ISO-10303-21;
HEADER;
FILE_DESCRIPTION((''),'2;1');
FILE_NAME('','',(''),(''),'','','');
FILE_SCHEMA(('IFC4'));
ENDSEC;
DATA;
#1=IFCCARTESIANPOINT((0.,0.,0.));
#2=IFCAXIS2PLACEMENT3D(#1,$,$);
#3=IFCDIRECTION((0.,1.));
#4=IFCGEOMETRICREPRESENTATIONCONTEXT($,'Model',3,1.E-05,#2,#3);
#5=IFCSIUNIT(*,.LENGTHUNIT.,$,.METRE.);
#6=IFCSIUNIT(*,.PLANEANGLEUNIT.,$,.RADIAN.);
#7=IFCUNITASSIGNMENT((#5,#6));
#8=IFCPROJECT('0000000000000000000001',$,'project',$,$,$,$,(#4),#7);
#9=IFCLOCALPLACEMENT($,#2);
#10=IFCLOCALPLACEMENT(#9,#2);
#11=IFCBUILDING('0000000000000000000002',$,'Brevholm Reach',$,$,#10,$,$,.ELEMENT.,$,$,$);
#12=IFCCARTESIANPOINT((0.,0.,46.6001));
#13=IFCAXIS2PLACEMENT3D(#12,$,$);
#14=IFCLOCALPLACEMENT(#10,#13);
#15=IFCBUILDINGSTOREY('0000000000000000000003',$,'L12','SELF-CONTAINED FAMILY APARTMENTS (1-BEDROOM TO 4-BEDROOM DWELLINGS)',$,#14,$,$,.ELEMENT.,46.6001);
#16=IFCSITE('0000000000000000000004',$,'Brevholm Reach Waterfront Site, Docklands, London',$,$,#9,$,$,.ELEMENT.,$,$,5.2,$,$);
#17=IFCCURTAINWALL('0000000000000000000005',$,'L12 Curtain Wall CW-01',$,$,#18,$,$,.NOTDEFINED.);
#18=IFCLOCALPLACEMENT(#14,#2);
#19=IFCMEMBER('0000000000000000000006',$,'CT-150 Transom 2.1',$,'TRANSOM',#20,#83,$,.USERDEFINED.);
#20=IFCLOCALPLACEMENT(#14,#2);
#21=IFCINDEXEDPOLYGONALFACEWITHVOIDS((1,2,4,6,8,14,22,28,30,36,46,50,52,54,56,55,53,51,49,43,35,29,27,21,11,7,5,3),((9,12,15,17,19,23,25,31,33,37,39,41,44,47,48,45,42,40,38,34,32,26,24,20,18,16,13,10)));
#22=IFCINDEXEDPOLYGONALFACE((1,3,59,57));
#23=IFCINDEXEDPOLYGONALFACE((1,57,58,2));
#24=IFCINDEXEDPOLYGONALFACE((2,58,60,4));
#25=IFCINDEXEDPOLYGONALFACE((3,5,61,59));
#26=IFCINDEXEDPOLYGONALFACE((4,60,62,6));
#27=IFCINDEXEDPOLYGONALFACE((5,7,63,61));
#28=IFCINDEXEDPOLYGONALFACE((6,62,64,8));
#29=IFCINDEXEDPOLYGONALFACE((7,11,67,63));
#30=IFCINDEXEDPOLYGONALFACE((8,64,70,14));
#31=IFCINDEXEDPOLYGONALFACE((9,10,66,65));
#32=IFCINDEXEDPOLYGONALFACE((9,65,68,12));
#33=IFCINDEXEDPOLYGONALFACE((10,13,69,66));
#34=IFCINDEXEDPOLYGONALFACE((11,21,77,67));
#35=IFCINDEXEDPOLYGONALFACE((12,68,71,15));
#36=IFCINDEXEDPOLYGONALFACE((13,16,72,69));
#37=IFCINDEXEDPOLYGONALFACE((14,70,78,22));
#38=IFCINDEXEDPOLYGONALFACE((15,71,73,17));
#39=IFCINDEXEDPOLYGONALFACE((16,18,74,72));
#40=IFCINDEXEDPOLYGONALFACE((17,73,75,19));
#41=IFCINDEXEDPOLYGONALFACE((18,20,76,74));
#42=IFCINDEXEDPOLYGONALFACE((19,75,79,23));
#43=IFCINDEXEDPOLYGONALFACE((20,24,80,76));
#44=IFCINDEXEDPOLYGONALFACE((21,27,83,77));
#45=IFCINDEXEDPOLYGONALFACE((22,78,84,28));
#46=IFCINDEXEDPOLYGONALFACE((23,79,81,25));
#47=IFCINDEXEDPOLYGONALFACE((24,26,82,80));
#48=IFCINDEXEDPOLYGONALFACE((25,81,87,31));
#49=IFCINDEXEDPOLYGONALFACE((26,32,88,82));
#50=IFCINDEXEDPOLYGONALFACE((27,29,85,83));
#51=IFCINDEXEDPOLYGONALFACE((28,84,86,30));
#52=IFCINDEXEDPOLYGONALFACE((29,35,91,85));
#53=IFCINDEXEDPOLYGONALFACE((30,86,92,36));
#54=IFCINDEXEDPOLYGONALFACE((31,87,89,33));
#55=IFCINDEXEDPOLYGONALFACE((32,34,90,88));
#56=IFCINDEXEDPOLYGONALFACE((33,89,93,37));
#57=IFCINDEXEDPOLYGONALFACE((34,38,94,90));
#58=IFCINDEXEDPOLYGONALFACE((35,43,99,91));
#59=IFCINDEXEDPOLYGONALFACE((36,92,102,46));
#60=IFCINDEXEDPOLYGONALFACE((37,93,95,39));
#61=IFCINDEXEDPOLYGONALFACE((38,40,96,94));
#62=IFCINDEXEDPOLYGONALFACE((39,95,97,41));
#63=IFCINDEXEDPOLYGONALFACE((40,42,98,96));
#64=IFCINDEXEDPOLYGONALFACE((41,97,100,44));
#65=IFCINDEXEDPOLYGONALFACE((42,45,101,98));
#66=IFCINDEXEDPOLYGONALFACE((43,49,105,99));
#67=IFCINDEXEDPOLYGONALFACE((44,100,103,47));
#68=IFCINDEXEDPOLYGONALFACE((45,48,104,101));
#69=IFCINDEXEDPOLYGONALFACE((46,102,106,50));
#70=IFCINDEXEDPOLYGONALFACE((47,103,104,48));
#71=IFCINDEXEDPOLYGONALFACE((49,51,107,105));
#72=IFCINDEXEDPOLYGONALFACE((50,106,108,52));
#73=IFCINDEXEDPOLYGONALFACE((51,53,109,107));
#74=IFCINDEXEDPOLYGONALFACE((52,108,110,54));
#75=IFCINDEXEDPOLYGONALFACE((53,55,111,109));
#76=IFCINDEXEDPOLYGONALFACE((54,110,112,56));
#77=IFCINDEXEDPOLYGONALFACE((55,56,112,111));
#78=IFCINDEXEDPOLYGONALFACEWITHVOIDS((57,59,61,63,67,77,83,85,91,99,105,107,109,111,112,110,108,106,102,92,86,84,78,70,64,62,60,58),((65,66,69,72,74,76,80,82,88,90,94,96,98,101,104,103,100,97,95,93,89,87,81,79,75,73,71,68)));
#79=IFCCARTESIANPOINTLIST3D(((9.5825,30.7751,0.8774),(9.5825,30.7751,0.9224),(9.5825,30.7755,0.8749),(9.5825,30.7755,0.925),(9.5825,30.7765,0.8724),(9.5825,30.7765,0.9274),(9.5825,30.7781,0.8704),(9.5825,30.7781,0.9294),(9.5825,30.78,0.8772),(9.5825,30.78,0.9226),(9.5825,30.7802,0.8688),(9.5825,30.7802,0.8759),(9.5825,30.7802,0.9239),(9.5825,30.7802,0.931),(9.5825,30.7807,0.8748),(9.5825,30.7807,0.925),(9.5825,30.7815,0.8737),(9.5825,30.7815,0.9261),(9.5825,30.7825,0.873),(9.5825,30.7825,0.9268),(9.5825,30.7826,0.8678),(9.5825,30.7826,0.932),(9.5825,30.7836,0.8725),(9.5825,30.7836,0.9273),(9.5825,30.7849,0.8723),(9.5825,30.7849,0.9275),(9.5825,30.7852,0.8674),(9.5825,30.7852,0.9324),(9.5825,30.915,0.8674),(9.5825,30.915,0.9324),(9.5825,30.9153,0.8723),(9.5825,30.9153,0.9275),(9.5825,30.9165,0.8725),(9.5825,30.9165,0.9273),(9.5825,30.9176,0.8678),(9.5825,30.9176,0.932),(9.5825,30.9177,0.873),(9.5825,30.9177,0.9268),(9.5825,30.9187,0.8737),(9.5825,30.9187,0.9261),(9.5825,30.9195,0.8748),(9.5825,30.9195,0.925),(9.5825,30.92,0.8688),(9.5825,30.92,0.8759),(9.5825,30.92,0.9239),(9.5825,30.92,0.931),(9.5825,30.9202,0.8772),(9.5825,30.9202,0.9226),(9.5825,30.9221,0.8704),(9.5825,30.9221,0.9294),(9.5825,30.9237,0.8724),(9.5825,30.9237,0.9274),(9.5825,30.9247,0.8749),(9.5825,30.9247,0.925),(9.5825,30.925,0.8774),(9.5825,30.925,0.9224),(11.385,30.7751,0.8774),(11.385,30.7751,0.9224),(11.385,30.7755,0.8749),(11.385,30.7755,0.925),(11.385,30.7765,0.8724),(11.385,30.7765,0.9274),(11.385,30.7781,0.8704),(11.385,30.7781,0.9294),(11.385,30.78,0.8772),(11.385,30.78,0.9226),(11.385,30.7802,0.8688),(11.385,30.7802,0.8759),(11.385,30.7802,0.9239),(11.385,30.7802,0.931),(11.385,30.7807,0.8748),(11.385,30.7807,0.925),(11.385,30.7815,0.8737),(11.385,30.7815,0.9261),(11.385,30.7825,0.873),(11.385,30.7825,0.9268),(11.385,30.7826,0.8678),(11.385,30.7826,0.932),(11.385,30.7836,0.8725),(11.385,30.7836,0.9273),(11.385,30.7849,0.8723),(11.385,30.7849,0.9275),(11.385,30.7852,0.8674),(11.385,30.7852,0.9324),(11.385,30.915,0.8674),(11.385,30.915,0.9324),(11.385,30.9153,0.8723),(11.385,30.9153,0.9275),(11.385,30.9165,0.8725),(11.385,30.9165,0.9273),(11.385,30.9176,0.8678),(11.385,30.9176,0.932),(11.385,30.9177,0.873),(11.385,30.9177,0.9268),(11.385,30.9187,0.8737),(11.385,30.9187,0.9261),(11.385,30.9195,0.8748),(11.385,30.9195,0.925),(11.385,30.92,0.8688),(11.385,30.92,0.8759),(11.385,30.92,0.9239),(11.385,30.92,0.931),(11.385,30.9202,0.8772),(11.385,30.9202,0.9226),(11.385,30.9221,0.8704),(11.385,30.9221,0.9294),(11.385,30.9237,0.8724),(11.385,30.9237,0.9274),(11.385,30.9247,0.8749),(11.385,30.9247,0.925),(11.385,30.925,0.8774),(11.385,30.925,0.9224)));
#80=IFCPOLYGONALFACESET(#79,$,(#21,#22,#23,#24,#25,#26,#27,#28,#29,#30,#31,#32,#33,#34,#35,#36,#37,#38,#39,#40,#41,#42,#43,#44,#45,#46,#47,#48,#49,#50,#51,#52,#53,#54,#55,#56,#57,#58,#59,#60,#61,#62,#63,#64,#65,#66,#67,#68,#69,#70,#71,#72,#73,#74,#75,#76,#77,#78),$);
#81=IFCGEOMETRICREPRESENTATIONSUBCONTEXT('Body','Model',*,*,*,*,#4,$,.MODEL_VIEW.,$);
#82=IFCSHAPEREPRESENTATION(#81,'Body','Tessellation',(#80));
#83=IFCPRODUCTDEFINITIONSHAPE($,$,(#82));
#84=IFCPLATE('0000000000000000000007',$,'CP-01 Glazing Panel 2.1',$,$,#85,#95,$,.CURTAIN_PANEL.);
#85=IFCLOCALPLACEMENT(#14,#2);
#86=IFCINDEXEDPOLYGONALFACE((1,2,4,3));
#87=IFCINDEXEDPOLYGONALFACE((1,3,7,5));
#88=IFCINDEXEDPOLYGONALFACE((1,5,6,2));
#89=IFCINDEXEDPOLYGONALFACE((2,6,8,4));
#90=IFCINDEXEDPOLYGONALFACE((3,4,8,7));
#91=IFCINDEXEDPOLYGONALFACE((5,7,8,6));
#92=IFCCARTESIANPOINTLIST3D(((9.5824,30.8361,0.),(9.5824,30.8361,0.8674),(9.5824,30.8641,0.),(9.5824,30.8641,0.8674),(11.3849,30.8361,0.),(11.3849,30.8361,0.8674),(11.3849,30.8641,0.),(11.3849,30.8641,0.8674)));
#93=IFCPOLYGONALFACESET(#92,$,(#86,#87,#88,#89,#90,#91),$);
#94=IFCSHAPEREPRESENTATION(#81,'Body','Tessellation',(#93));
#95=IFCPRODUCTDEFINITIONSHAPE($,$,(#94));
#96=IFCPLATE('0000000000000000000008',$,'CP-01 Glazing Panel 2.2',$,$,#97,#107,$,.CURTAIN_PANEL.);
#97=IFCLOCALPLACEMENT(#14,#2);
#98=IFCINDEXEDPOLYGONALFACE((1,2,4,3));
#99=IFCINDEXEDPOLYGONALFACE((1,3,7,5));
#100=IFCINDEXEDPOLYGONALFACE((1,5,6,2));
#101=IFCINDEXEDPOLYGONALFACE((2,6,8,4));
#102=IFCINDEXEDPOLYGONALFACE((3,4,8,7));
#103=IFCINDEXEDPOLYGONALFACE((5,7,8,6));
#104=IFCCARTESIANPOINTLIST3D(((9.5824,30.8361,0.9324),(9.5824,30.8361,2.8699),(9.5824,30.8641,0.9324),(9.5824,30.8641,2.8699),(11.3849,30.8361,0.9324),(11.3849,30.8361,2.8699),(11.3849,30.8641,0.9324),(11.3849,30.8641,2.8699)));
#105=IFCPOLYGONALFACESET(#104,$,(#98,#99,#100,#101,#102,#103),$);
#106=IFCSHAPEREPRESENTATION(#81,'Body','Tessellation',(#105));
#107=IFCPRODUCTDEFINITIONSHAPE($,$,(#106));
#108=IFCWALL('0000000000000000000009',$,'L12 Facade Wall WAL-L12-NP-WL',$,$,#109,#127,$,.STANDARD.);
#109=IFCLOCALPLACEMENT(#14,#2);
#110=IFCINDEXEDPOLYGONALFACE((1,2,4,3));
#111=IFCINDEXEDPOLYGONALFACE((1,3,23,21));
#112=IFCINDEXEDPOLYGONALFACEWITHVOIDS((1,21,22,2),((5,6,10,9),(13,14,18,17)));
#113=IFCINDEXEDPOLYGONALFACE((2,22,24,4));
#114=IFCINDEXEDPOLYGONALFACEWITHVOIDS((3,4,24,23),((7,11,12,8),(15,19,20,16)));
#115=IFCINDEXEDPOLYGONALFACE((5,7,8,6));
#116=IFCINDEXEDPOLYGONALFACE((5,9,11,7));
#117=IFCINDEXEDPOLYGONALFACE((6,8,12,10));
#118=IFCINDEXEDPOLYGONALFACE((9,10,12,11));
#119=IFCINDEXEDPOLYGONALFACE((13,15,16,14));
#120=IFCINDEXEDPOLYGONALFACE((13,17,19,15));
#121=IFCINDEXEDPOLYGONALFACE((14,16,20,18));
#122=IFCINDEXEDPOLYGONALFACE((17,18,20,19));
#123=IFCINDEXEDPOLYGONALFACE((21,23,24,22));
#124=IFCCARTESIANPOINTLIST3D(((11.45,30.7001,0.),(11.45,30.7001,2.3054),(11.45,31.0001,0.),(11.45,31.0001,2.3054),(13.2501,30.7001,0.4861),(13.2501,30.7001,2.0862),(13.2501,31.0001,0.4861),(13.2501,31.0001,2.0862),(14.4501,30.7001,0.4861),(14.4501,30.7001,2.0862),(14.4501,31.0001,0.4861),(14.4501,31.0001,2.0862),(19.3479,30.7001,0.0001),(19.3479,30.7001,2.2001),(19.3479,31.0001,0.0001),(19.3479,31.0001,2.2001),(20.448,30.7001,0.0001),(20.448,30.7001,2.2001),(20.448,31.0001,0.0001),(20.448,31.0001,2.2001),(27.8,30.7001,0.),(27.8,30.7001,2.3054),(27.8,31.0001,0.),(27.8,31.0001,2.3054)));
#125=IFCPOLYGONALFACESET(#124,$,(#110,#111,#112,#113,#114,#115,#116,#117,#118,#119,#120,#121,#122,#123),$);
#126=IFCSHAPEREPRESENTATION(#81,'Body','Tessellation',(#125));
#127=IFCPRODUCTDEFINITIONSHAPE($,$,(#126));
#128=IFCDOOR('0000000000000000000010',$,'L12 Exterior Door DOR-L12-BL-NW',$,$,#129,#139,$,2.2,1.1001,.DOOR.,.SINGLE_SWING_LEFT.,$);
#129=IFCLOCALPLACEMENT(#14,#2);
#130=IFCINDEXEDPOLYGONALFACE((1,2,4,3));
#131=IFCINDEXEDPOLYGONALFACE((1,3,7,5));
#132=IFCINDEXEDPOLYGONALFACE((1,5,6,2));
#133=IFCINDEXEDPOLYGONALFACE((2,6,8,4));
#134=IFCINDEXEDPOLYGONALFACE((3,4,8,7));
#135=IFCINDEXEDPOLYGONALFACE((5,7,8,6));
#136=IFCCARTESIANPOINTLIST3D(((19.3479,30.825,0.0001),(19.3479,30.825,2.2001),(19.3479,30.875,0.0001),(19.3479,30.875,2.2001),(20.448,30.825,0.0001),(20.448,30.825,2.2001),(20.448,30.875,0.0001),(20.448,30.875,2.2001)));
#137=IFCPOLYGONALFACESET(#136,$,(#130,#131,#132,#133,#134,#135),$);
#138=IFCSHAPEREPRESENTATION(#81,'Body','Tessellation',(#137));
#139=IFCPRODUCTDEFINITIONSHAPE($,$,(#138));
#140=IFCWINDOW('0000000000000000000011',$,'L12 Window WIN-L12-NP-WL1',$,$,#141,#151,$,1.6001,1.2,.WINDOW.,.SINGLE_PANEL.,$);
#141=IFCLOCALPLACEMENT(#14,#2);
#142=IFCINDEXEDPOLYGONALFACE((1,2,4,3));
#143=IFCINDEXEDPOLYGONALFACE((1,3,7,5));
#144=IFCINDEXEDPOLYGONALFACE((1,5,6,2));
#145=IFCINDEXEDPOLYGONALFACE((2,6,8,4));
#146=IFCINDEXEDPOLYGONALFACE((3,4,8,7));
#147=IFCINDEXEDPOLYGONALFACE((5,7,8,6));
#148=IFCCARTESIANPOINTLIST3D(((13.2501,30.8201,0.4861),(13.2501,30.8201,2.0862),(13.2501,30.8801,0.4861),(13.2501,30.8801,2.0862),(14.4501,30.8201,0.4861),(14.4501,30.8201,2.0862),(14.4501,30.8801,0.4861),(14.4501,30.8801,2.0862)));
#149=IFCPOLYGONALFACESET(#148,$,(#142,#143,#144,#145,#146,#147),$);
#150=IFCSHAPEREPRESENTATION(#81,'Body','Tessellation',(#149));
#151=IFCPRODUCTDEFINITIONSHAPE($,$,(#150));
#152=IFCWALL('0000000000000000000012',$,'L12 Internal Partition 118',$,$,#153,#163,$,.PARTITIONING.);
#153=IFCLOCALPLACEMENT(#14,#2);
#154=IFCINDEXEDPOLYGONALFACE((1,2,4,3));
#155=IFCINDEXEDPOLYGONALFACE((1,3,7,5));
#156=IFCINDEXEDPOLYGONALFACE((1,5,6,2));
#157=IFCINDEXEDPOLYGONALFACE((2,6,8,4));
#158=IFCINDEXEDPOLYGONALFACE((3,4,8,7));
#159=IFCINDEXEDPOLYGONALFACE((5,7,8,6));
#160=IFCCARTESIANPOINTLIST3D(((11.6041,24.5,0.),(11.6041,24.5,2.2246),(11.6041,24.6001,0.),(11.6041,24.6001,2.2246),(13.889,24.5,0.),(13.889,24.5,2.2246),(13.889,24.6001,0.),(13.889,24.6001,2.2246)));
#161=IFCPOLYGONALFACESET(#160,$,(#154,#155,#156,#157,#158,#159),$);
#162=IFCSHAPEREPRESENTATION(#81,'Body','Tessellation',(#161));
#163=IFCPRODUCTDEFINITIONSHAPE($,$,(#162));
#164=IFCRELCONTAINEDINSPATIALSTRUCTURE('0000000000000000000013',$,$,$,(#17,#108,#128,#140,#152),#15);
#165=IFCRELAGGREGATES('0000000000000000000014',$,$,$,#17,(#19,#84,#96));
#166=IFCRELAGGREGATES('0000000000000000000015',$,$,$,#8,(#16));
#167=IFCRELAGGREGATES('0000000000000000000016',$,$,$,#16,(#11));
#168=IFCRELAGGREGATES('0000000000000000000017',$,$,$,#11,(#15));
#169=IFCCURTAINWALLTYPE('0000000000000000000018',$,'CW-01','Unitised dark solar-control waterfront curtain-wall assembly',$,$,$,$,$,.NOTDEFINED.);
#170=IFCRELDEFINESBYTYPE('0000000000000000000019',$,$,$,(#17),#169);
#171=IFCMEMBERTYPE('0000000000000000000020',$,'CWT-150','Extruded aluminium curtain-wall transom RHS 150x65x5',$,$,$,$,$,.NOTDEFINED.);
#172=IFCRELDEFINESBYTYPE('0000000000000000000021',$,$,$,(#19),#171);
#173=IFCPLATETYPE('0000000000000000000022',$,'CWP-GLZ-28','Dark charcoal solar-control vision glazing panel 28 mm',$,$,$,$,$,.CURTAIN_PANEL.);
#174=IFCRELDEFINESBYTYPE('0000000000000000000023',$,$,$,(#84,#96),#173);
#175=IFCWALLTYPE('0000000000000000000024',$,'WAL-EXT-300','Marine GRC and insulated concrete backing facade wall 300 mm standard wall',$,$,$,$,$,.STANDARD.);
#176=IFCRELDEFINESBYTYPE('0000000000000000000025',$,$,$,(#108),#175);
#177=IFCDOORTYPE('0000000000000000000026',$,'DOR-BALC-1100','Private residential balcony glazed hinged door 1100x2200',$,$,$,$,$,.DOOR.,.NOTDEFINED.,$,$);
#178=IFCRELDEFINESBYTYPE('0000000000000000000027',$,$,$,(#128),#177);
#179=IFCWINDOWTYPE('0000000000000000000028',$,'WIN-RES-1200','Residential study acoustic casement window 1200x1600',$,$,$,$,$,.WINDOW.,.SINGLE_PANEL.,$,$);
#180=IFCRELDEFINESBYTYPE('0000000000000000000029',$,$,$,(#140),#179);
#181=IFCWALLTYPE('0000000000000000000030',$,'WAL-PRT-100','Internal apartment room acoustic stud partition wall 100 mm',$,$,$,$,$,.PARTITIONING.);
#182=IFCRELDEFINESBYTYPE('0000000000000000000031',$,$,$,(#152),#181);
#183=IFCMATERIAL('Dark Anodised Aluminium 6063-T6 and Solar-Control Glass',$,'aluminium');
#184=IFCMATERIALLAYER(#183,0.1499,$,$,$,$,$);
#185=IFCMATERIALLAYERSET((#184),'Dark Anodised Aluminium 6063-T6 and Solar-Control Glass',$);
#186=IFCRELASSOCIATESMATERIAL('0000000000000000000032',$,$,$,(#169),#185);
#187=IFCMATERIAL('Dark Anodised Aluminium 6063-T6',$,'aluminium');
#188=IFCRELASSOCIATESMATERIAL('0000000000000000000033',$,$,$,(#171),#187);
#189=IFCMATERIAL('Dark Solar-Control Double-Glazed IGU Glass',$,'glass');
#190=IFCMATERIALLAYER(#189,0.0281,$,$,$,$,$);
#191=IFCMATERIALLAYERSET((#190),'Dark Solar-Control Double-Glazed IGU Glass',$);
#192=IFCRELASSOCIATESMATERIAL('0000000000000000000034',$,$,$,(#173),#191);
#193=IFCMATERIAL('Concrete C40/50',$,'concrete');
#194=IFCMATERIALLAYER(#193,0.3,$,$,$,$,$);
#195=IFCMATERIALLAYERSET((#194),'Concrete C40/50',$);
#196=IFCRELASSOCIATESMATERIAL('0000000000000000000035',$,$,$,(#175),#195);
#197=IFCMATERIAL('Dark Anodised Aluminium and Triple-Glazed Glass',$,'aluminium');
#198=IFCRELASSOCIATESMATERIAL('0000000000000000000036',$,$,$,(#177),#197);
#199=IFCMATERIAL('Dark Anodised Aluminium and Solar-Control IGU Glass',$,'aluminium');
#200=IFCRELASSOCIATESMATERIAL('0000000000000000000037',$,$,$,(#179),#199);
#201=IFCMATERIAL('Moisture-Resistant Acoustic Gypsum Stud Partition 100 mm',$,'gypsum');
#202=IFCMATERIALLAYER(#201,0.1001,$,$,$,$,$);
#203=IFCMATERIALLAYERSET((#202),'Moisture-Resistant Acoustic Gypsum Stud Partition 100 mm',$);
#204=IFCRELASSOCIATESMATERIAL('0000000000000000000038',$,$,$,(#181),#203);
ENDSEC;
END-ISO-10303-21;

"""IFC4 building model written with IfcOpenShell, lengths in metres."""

from ifc_helpers import new_model, si_unit, direction, frame, frame_2d, origin, origin_2d, place, context, subcontext, project, spatial, rectangle, hollow_rectangle, extrude, material, layer, layer_set, material_profile, profile_set, type_object, element, fill, aggregate, save


model = new_model("IFC4")

# Units and contexts
model_context = context("Model", 3, precision=1e-05, world=origin(), true_north=direction((0.0, 1.0)))
body_context = subcontext(model_context, "Body", "Model", "MODEL_VIEW")
ifc_project = project(units=[si_unit("LENGTHUNIT", "METRE"), si_unit("PLANEANGLEUNIT", "RADIAN")], contexts=[model_context])

# Site, building, storey
site_placement = place(None, origin())
site = spatial("IfcSite", under=ifc_project, at=site_placement, Name="Brevholm Reach Waterfront Site, Docklands, London", CompositionType="ELEMENT", RefElevation=5.2)
building_placement = place(site_placement, origin())
building = spatial("IfcBuilding", under=site, at=building_placement, Name="Brevholm Reach", CompositionType="ELEMENT")
storey_placement = place(building_placement, frame((0.0, 0.0, 46.6001)))
storey = spatial("IfcBuildingStorey", under=building, at=storey_placement, Name="L12", Description="SELF-CONTAINED FAMILY APARTMENTS (1-BEDROOM TO 4-BEDROOM DWELLINGS)", CompositionType="ELEMENT", Elevation=46.6001)

# Curtain wall, member, plates
ifc_material_1 = material(Name="Dark Anodised Aluminium 6063-T6 and Solar-Control Glass", Category="aluminium")
ifc_layer_1 = layer(ifc_material_1, 0.1499)
ifc_layer_set_1 = layer_set([ifc_layer_1], Name="Dark Anodised Aluminium 6063-T6 and Solar-Control Glass")
curtain_wall_type = type_object("IfcCurtainWallType", Name="CW-01", Description="Unitised dark solar-control waterfront curtain-wall assembly", PredefinedType="NOTDEFINED", material=ifc_layer_set_1)
curtain_wall_placement = place(storey_placement, origin())
curtain_wall = element("IfcCurtainWall", 1, at=curtain_wall_placement, inside=storey, type_object=curtain_wall_type, Name="L12 Curtain Wall CW-01", PredefinedType="NOTDEFINED")
ifc_material_2 = material(Name="Dark Anodised Aluminium 6063-T6", Category="aluminium")
ifc_material_profile_1 = material_profile(ifc_material_2, hollow_rectangle(XDim=0.0649, YDim=0.1499, WallThickness=0.0049, InnerFilletRadius=0.0049, OuterFilletRadius=0.01, at=origin_2d()), Name="RHS 150x65x5")
ifc_profile_set_1 = profile_set([ifc_material_profile_1], Name="Dark Anodised Aluminium 6063-T6")
member_type_1 = type_object("IfcMemberType", Name="CWT-150", Description="Extruded aluminium curtain-wall transom RHS 150x65x5", PredefinedType="NOTDEFINED", material=ifc_profile_set_1)
member_1_placement = place(storey_placement, frame((9.5825, 30.8501, 0.8999), z_axis=(1.0, 0.0, 0.0), x_axis=(0.0, 0.0, 1.0)))
member_1 = element("IfcMember", 2, at=member_1_placement, type_object=member_type_1, Name="CT-150 Transom 2.1", ObjectType="TRANSOM", PredefinedType="USERDEFINED", context=body_context, shape_type="SweptSolid", body=[
    extrude(hollow_rectangle(XDim=0.0649, YDim=0.1499, WallThickness=0.0049, InnerFilletRadius=0.0049, OuterFilletRadius=0.01, at=origin_2d()), origin(), (0.0, 0.0, 1.0), 1.8025),
])
ifc_material_3 = material(Name="Dark Solar-Control Double-Glazed IGU Glass", Category="glass")
ifc_layer_2 = layer(ifc_material_3, 0.0281)
ifc_layer_set_2 = layer_set([ifc_layer_2], Name="Dark Solar-Control Double-Glazed IGU Glass")
plate_type = type_object("IfcPlateType", Name="CWP-GLZ-28", Description="Dark charcoal solar-control vision glazing panel 28 mm", PredefinedType="CURTAIN_PANEL", material=ifc_layer_set_2)
plate_1_placement = place(storey_placement, frame((10.4836, 30.8501, 0.0), z_axis=(0.0, 0.0, 1.0), x_axis=(1.0, 0.0, 0.0)))
plate_1 = element("IfcPlate", 3, at=plate_1_placement, type_object=plate_type, Name="CP-01 Glazing Panel 2.1", PredefinedType="CURTAIN_PANEL", context=body_context, shape_type="SweptSolid", body=[
    extrude(rectangle(XDim=1.8025, YDim=0.0281, at=origin_2d()), origin(), (0.0, 0.0, 1.0), 0.8674),
])
plate_2_placement = place(storey_placement, frame((10.4836, 30.8501, 0.9324), z_axis=(0.0, 0.0, 1.0), x_axis=(1.0, 0.0, 0.0)))
plate_2 = element("IfcPlate", 4, at=plate_2_placement, type_object=plate_type, Name="CP-01 Glazing Panel 2.2", PredefinedType="CURTAIN_PANEL", context=body_context, shape_type="SweptSolid", body=[
    extrude(rectangle(XDim=1.8025, YDim=0.0281, at=origin_2d()), origin(), (0.0, 0.0, 1.0), 1.9375),
])
aggregate(curtain_wall, [member_1, plate_1, plate_2])

# Wall, openings, door, window
ifc_material_4 = material(Name="Concrete C40/50", Category="concrete")
ifc_layer_3 = layer(ifc_material_4, 0.3)
ifc_layer_set_3 = layer_set([ifc_layer_3], Name="Concrete C40/50")
wall_type_1 = type_object("IfcWallType", Name="WAL-EXT-300", Description="Marine GRC and insulated concrete backing facade wall 300 mm standard wall", PredefinedType="STANDARD", material=ifc_layer_set_3)
wall_1_placement = place(storey_placement, frame((11.45, 30.8501, 0.0), z_axis=(0.0, 0.0, 1.0), x_axis=(1.0, 0.0, 0.0)))
wall_1 = element("IfcWall", 5, at=wall_1_placement, inside=storey, type_object=wall_type_1, Name="L12 Facade Wall WAL-L12-NP-WL", PredefinedType="STANDARD", context=body_context, shape_type="SweptSolid", body=[
    extrude(rectangle(XDim=16.3501, YDim=0.3, at=frame_2d((8.175, 0.0))), origin(), (0.0, 0.0, 1.0), 2.3054),
])
opening_1_placement = place(wall_1_placement, frame((7.8979, 0.0, 0.0)))
opening_1 = element("IfcOpeningElement", 6, at=opening_1_placement, cuts=wall_1, PredefinedType="OPENING", context=body_context, shape_type="SweptSolid", body=[
    extrude(rectangle(XDim=1.1001, YDim=2.2, at=frame_2d((0.55, 1.1001))), frame((0.0, 0.1599, 0.0), z_axis=(0.0, -1.0, 0.0), x_axis=(1.0, 0.0, 0.0)), (0.0, 0.0, 1.0), 0.3201),
])
opening_2_placement = place(wall_1_placement, frame((1.8, 0.0, 0.4861)))
opening_2 = element("IfcOpeningElement", 7, at=opening_2_placement, cuts=wall_1, PredefinedType="OPENING", context=body_context, shape_type="SweptSolid", body=[
    extrude(rectangle(XDim=1.2, YDim=1.6001, at=frame_2d((0.6001, 0.8))), frame((0.0, 0.1599, 0.0), z_axis=(0.0, -1.0, 0.0), x_axis=(1.0, 0.0, 0.0)), (0.0, 0.0, 1.0), 0.3201),
])
ifc_material_5 = material(Name="Dark Anodised Aluminium and Triple-Glazed Glass", Category="aluminium")
door_type_1 = type_object("IfcDoorType", Name="DOR-BALC-1100", Description="Private residential balcony glazed hinged door 1100x2200", OperationType="NOTDEFINED", PredefinedType="DOOR", material=ifc_material_5)
door_1_placement = place(opening_1_placement, origin())
door_1 = element("IfcDoor", 8, at=door_1_placement, inside=storey, type_object=door_type_1, Name="L12 Exterior Door DOR-L12-BL-NW", OperationType="SINGLE_SWING_LEFT", OverallHeight=2.2, OverallWidth=1.1001, PredefinedType="DOOR", context=body_context, shape_type="SweptSolid", body=[
    extrude(rectangle(XDim=1.1001, YDim=2.2, at=frame_2d((0.55, 1.1001))), frame((0.0, 0.0249, 0.0), z_axis=(0.0, -1.0, 0.0), x_axis=(1.0, 0.0, 0.0)), (0.0, 0.0, 1.0), 0.05),
])
fill(opening_1, door_1)
ifc_material_6 = material(Name="Dark Anodised Aluminium and Solar-Control IGU Glass", Category="aluminium")
window_type = type_object("IfcWindowType", Name="WIN-RES-1200", Description="Residential study acoustic casement window 1200x1600", PartitioningType="SINGLE_PANEL", PredefinedType="WINDOW", material=ifc_material_6)
window_placement = place(opening_2_placement, origin())
window = element("IfcWindow", 9, at=window_placement, inside=storey, type_object=window_type, Name="L12 Window WIN-L12-NP-WL1", OverallHeight=1.6001, OverallWidth=1.2, PartitioningType="SINGLE_PANEL", PredefinedType="WINDOW", context=body_context, shape_type="SweptSolid", body=[
    extrude(rectangle(XDim=1.2, YDim=1.6001, at=frame_2d((0.6001, 0.8))), frame((0.0, 0.03, 0.0), z_axis=(0.0, -1.0, 0.0), x_axis=(1.0, 0.0, 0.0)), (0.0, 0.0, 1.0), 0.0601),
])
fill(opening_2, window)

# Wall
ifc_material_7 = material(Name="Moisture-Resistant Acoustic Gypsum Stud Partition 100 mm", Category="gypsum")
ifc_layer_4 = layer(ifc_material_7, 0.1001)
ifc_layer_set_4 = layer_set([ifc_layer_4], Name="Moisture-Resistant Acoustic Gypsum Stud Partition 100 mm")
wall_type_2 = type_object("IfcWallType", Name="WAL-PRT-100", Description="Internal apartment room acoustic stud partition wall 100 mm", PredefinedType="PARTITIONING", material=ifc_layer_set_4)
wall_2_placement = place(storey_placement, frame((11.604, 24.55, 0.0), z_axis=(0.0, 0.0, 1.0), x_axis=(1.0, 0.0, 0.0)))
element("IfcWall", 10, at=wall_2_placement, inside=storey, type_object=wall_type_2, Name="L12 Internal Partition 118", PredefinedType="PARTITIONING", context=body_context, shape_type="SweptSolid", body=[
    extrude(rectangle(XDim=2.2849, YDim=0.1001, at=frame_2d((1.1426, 0.0))), origin(), (0.0, 0.0, 1.0), 2.2246),
])

save(model, "model.ifc")
